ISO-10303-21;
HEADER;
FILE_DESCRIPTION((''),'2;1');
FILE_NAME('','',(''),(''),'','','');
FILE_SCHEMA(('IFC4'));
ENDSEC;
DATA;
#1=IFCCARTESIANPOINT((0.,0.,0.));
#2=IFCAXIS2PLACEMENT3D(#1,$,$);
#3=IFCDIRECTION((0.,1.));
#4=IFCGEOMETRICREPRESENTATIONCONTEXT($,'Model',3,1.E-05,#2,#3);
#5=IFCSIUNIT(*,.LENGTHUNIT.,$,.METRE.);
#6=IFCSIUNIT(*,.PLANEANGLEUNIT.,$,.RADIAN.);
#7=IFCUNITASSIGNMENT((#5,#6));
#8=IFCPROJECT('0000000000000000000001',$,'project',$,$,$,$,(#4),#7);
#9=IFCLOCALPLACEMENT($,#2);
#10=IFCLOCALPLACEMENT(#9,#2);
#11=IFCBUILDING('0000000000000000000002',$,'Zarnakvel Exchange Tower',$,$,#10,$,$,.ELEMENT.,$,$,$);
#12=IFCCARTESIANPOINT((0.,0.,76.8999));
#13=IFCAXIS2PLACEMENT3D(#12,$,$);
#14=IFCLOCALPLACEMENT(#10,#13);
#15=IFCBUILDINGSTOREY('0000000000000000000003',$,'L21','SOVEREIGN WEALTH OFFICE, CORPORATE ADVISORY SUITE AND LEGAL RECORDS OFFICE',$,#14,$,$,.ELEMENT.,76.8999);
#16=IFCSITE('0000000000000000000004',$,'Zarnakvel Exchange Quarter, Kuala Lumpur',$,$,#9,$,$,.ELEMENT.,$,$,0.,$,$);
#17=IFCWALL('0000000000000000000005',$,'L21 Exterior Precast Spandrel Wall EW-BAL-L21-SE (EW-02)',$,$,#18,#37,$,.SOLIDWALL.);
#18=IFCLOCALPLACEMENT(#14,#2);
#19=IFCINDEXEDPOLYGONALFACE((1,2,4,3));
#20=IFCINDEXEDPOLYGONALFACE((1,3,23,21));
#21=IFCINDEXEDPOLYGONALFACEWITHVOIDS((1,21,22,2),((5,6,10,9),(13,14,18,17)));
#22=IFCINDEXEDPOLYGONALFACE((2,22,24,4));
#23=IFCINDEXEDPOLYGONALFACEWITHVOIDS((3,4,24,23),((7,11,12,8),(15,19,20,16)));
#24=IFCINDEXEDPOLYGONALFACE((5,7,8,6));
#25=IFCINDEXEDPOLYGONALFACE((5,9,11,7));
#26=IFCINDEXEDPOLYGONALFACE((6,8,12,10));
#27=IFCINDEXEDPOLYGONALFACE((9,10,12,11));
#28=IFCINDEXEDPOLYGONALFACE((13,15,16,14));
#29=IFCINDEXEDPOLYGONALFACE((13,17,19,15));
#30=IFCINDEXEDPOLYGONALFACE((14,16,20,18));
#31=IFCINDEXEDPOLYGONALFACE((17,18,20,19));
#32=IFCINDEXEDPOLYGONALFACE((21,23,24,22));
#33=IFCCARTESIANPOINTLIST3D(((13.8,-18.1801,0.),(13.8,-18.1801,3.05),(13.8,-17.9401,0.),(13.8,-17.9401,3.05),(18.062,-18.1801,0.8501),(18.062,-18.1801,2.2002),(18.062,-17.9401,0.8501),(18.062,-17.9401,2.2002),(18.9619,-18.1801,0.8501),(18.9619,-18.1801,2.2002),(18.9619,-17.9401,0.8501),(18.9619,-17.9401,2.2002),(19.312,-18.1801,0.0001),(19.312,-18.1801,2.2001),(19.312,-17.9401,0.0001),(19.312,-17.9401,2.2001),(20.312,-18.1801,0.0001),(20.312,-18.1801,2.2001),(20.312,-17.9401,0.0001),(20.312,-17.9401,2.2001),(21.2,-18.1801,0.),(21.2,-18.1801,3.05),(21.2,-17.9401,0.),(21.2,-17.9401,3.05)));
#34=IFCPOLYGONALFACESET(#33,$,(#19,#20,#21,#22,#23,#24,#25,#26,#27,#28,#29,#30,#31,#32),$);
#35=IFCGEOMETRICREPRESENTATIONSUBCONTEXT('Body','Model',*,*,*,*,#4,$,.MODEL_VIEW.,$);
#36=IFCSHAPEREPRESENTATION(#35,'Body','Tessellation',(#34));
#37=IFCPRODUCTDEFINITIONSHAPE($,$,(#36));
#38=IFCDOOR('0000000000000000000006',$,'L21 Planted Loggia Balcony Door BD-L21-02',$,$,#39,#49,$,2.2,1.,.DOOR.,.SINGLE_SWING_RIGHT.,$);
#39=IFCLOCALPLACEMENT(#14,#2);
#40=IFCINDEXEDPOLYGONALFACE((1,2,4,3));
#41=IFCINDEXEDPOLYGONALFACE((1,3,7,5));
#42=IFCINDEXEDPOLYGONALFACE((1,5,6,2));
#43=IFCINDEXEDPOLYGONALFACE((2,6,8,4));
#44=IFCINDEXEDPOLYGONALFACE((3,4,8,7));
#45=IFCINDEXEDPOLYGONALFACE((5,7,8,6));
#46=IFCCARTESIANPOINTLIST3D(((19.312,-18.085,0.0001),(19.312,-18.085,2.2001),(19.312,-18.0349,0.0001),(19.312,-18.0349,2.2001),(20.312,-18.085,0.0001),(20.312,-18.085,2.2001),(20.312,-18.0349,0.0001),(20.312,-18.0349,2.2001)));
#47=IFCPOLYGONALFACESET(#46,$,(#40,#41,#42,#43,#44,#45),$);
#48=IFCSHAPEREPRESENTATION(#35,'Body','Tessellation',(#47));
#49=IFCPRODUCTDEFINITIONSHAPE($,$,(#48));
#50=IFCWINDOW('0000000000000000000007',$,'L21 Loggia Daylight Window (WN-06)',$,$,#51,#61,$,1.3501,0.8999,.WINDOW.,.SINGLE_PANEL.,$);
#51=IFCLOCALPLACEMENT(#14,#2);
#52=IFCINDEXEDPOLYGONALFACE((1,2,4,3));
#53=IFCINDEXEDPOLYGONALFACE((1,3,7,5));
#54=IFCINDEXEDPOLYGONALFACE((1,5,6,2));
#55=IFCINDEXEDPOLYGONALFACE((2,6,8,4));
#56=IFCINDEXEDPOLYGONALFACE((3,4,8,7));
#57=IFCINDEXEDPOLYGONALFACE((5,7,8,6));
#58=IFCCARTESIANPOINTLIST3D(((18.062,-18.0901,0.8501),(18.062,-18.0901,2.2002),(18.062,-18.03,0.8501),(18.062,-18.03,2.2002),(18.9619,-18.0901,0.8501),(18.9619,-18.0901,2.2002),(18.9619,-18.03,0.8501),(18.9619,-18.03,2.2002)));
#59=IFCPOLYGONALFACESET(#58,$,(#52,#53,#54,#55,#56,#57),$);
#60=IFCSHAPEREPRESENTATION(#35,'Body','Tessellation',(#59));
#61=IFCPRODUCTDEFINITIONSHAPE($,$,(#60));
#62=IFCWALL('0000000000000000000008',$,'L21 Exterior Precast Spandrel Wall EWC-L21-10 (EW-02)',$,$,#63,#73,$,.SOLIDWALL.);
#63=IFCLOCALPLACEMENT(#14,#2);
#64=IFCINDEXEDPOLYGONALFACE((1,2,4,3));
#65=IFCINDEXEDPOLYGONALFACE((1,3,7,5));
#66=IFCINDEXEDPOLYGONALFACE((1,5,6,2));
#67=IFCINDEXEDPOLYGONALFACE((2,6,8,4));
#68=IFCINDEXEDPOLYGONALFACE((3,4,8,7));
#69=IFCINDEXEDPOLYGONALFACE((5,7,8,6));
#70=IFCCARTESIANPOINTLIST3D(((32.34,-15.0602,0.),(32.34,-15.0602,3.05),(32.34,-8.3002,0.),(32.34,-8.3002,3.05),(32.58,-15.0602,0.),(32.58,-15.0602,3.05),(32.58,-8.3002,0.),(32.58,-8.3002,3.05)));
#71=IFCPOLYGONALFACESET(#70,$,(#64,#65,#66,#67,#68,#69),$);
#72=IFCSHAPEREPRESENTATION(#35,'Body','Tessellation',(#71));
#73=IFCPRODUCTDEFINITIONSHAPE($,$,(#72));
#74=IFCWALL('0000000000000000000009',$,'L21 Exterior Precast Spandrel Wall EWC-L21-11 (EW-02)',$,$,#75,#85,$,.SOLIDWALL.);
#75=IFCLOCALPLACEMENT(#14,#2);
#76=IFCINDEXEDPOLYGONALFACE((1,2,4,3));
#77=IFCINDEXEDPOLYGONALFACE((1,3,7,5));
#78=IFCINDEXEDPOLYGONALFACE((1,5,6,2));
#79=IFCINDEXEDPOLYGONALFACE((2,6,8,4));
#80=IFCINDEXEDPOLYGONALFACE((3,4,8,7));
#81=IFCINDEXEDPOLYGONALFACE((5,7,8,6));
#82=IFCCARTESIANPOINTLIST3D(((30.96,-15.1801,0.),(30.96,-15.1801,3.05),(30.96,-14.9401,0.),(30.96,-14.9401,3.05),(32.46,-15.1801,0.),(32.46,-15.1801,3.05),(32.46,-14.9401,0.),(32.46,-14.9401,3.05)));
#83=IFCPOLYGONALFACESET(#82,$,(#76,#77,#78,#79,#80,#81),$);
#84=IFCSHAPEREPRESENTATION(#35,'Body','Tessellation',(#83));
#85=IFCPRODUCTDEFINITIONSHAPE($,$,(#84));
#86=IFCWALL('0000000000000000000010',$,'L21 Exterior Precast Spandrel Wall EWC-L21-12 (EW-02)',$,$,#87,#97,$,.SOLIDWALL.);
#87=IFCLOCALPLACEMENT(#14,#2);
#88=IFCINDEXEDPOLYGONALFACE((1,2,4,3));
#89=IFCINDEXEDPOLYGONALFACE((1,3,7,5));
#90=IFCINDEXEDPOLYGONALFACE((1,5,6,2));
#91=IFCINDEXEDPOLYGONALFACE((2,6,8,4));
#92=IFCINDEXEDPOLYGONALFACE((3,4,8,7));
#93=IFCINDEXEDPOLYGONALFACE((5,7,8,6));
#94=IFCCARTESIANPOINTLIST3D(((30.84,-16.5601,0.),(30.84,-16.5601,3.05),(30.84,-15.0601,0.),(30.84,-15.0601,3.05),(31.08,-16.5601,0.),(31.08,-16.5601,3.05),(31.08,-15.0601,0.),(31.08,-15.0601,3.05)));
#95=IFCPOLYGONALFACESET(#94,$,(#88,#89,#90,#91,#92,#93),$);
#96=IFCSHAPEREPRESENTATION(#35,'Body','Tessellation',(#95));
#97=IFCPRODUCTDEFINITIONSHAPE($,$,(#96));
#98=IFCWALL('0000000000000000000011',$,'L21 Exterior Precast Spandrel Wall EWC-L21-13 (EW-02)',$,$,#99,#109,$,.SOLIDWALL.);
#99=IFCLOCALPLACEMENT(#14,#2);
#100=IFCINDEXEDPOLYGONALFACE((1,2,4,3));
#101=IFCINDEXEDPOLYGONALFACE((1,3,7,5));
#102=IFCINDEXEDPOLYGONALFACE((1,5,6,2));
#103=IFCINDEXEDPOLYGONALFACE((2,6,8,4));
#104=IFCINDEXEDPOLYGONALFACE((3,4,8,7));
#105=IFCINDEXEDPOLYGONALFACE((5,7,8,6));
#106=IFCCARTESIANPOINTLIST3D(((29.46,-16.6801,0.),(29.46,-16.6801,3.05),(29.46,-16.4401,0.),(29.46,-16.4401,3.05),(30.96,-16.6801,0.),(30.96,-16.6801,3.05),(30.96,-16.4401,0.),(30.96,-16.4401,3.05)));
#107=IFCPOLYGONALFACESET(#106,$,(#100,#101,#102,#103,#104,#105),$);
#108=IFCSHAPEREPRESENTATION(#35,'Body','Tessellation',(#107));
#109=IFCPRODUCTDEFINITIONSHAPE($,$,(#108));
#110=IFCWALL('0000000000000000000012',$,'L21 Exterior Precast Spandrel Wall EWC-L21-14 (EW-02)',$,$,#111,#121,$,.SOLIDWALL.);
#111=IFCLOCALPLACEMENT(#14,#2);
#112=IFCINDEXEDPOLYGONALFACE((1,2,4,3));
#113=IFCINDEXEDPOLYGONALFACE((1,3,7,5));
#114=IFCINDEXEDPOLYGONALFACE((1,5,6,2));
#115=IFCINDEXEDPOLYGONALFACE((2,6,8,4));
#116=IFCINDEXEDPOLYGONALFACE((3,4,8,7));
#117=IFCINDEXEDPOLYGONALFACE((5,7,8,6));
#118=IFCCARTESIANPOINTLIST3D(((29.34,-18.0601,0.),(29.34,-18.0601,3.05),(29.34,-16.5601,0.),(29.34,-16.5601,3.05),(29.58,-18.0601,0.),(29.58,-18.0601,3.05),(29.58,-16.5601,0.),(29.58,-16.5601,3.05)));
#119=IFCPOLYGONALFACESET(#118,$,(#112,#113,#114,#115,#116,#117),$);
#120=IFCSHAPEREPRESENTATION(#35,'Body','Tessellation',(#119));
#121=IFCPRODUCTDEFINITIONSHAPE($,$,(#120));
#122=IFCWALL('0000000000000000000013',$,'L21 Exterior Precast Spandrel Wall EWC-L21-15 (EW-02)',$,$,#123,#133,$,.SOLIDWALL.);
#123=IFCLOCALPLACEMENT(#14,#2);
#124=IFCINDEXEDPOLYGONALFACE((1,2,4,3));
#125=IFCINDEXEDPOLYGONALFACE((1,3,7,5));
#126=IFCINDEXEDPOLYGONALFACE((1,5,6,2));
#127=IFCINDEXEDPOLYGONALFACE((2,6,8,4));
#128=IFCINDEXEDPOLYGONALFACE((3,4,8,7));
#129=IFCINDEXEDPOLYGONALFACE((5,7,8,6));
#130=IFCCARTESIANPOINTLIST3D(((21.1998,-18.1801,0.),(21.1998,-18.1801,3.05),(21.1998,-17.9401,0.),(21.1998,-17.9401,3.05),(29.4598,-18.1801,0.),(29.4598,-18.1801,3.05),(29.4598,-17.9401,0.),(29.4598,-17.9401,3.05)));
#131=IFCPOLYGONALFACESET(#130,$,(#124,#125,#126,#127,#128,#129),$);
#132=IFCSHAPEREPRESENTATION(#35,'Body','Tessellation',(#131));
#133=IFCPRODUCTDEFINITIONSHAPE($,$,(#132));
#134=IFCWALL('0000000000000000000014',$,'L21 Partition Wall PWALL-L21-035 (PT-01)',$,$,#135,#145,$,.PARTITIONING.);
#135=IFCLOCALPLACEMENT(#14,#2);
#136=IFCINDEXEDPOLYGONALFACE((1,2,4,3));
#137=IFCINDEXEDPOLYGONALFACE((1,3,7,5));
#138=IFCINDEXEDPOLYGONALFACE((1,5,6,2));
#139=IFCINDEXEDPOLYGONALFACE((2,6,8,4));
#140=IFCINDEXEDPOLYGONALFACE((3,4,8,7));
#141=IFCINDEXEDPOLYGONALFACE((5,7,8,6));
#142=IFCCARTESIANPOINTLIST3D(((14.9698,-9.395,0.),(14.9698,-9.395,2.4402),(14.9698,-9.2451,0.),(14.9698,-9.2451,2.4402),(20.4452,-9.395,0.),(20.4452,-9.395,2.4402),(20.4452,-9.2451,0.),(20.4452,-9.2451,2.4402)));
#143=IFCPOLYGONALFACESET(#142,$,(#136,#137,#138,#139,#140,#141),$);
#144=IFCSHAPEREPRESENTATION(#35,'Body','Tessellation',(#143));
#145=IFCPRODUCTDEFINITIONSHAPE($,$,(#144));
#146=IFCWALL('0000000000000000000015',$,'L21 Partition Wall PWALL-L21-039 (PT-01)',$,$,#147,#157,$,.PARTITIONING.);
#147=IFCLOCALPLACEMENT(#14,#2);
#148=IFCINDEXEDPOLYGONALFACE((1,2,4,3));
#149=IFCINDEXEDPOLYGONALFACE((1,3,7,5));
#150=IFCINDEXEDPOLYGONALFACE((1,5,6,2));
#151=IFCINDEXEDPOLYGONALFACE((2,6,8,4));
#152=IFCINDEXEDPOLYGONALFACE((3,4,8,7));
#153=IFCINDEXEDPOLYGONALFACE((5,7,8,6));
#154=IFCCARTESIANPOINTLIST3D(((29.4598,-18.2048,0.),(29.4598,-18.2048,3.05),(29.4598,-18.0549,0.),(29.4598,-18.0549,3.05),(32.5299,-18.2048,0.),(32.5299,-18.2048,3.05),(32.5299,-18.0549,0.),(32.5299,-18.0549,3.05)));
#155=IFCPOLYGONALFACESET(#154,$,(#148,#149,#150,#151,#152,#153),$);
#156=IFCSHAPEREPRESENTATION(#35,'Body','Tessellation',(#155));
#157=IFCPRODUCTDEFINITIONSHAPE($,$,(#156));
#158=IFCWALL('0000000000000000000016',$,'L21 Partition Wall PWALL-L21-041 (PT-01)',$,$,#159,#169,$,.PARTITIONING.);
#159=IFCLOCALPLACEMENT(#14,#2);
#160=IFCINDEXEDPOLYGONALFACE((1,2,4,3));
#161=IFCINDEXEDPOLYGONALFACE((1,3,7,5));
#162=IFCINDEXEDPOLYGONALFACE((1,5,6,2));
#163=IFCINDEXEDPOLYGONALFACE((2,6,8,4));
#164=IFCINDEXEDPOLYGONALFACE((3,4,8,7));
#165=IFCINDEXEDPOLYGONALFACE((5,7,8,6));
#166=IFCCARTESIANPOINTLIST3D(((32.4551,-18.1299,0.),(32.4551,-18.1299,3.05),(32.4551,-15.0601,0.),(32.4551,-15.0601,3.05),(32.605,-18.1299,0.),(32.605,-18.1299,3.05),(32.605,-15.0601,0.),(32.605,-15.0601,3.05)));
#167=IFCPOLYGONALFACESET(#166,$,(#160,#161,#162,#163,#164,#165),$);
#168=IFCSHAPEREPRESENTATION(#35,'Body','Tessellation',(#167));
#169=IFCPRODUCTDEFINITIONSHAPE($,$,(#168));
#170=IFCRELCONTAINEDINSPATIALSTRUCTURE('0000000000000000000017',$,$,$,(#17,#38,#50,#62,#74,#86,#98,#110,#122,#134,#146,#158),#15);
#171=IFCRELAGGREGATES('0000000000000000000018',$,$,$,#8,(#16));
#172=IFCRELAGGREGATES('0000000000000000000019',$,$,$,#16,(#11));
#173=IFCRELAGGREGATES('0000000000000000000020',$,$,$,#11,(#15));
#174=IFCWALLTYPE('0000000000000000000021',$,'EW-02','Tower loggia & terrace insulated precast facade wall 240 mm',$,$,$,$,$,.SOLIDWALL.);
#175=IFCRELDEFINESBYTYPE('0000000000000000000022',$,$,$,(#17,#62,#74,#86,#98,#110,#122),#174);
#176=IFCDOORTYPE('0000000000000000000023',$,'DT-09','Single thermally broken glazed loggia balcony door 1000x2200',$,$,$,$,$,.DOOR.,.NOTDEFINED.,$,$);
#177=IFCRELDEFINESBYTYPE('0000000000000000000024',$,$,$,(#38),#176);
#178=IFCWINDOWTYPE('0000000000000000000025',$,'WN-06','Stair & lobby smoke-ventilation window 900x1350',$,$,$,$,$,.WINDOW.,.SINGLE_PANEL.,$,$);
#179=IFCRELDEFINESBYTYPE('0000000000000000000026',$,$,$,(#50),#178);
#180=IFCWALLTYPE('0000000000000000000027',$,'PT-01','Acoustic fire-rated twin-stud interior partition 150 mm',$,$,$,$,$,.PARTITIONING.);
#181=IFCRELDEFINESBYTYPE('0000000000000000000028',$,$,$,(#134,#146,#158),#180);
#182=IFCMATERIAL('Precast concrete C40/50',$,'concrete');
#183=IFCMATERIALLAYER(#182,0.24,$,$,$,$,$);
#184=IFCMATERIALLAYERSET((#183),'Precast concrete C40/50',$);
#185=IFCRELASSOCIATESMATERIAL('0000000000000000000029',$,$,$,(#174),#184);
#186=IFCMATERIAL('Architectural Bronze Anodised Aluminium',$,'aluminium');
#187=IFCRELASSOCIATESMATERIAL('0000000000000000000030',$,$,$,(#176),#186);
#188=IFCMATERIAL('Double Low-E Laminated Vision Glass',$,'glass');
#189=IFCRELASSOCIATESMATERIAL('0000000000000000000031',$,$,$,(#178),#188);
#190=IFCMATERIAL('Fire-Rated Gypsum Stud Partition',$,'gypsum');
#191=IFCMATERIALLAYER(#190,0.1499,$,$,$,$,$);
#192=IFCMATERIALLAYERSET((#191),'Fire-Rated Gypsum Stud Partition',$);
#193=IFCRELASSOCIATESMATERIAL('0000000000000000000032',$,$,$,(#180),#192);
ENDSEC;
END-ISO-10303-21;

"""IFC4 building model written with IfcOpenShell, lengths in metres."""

from ifc_helpers import new_model, si_unit, direction, frame, frame_2d, origin, place, context, subcontext, project, spatial, rectangle, extrude, source, transform, mapped, material, layer, layer_set, type_object, element, fill, save


model = new_model("IFC4")

# Units and contexts
model_context = context("Model", 3, precision=1e-05, world=origin(), true_north=direction((0.0, 1.0)))
body_context = subcontext(model_context, "Body", "Model", "MODEL_VIEW")
ifc_project = project(units=[si_unit("LENGTHUNIT", "METRE"), si_unit("PLANEANGLEUNIT", "RADIAN")], contexts=[model_context])

# Site, building, storey
site_placement = place(None, origin())
site = spatial("IfcSite", under=ifc_project, at=site_placement, Name="Zarnakvel Exchange Quarter, Kuala Lumpur", CompositionType="ELEMENT", RefElevation=0.0)
building_placement = place(site_placement, origin())
building = spatial("IfcBuilding", under=site, at=building_placement, Name="Zarnakvel Exchange Tower", CompositionType="ELEMENT")
storey_placement = place(building_placement, frame((0.0, 0.0, 76.8999)))
storey = spatial("IfcBuildingStorey", under=building, at=storey_placement, Name="L21", Description="SOVEREIGN WEALTH OFFICE, CORPORATE ADVISORY SUITE AND LEGAL RECORDS OFFICE", CompositionType="ELEMENT", Elevation=76.8999)

# Wall, openings, door, window
ifc_material_1 = material(Name="Precast concrete C40/50", Category="concrete")
ifc_layer_1 = layer(ifc_material_1, 0.24)
ifc_layer_set_1 = layer_set([ifc_layer_1], Name="Precast concrete C40/50")
wall_type_1 = type_object("IfcWallType", Name="EW-02", Description="Tower loggia & terrace insulated precast facade wall 240 mm", PredefinedType="SOLIDWALL", material=ifc_layer_set_1)
wall_1_placement = place(storey_placement, frame((21.2, -18.0601, 0.0), z_axis=(0.0, 0.0, 1.0), x_axis=(-1.0, 0.0, 0.0)))
wall_1 = element("IfcWall", 1, at=wall_1_placement, inside=storey, type_object=wall_type_1, Name="L21 Exterior Precast Spandrel Wall EW-BAL-L21-SE (EW-02)", PredefinedType="SOLIDWALL", context=body_context, shape_type="SweptSolid", body=[
    extrude(rectangle(XDim=7.3999, YDim=0.24, at=frame_2d((3.7, 0.0))), origin(), (0.0, 0.0, 1.0), 3.05),
])
opening_1_placement = place(wall_1_placement, frame((0.8879, 0.0, 0.0)))
opening_1 = element("IfcOpeningElement", 2, at=opening_1_placement, cuts=wall_1, PredefinedType="OPENING", context=body_context, shape_type="SweptSolid", body=[
    extrude(rectangle(XDim=1.0, YDim=2.2, at=frame_2d((0.5, 1.1001))), frame((0.0, 0.1299, 0.0), z_axis=(0.0, -1.0, 0.0), x_axis=(1.0, 0.0, 0.0)), (0.0, 0.0, 1.0), 0.26),
])
opening_2_placement = place(wall_1_placement, frame((2.238, 0.0, 0.8501)))
opening_2 = element("IfcOpeningElement", 3, at=opening_2_placement, cuts=wall_1, PredefinedType="OPENING", context=body_context, shape_type="SweptSolid", body=[
    extrude(rectangle(XDim=0.8999, YDim=1.3501, at=frame_2d((0.45, 0.675))), frame((0.0, 0.1299, 0.0), z_axis=(0.0, -1.0, 0.0), x_axis=(1.0, 0.0, 0.0)), (0.0, 0.0, 1.0), 0.26),
])
ifc_material_2 = material(Name="Architectural Bronze Anodised Aluminium", Category="aluminium")
door_type = type_object("IfcDoorType", Name="DT-09", Description="Single thermally broken glazed loggia balcony door 1000x2200", OperationType="NOTDEFINED", PredefinedType="DOOR", material=ifc_material_2)
shared_shape_1 = source(origin(), body_context, "Body", "SweptSolid", [
    extrude(rectangle(XDim=1.0, YDim=2.2, at=frame_2d((0.5, 1.1001))), frame((0.0, 0.0249, 0.0), z_axis=(0.0, -1.0, 0.0), x_axis=(1.0, 0.0, 0.0)), (0.0, 0.0, 1.0), 0.05),
])
door_placement = place(opening_1_placement, origin())
door = element("IfcDoor", 4, at=door_placement, inside=storey, type_object=door_type, Name="L21 Planted Loggia Balcony Door BD-L21-02", OperationType="SINGLE_SWING_RIGHT", OverallHeight=2.2, OverallWidth=1.0, PredefinedType="DOOR", context=body_context, shape_type="MappedRepresentation", body=[
    mapped(shared_shape_1, transform((0.0, 0.0, 0.0), x_axis=(1.0, 0.0, 0.0), y_axis=(0.0, 1.0, 0.0), z_axis=(0.0, 0.0, 1.0), scale=1.0)),
])
fill(opening_1, door)
ifc_material_3 = material(Name="Double Low-E Laminated Vision Glass", Category="glass")
window_type = type_object("IfcWindowType", Name="WN-06", Description="Stair & lobby smoke-ventilation window 900x1350", PartitioningType="SINGLE_PANEL", PredefinedType="WINDOW", material=ifc_material_3)
shared_shape_2 = source(origin(), body_context, "Body", "SweptSolid", [
    extrude(rectangle(XDim=0.8999, YDim=1.3501, at=frame_2d((0.45, 0.675))), frame((0.0, 0.03, 0.0), z_axis=(0.0, -1.0, 0.0), x_axis=(1.0, 0.0, 0.0)), (0.0, 0.0, 1.0), 0.0601),
])
window_placement = place(opening_2_placement, origin())
window = element("IfcWindow", 5, at=window_placement, inside=storey, type_object=window_type, Name="L21 Loggia Daylight Window (WN-06)", OverallHeight=1.3501, OverallWidth=0.8999, PartitioningType="SINGLE_PANEL", PredefinedType="WINDOW", context=body_context, shape_type="MappedRepresentation", body=[
    mapped(shared_shape_2, transform((0.0, 0.0, 0.0), x_axis=(1.0, 0.0, 0.0), y_axis=(0.0, 1.0, 0.0), z_axis=(0.0, 0.0, 1.0), scale=1.0)),
])
fill(opening_2, window)

# Walls
wall_2_placement = place(storey_placement, frame((32.46, -15.0601, 0.0), z_axis=(0.0, 0.0, 1.0), x_axis=(0.0, 1.0, 0.0)))
element("IfcWall", 6, at=wall_2_placement, inside=storey, type_object=wall_type_1, Name="L21 Exterior Precast Spandrel Wall EWC-L21-10 (EW-02)", PredefinedType="SOLIDWALL", context=body_context, shape_type="SweptSolid", body=[
    extrude(rectangle(XDim=6.76, YDim=0.24, at=frame_2d((3.3799, 0.0))), origin(), (0.0, 0.0, 1.0), 3.05),
])
for number, where, z_axis, x_axis, name in (
    (7, (30.96, -15.0601, 0.0), (0.0, 0.0, 1.0), (1.0, 0.0, 0.0), "L21 Exterior Precast Spandrel Wall EWC-L21-11 (EW-02)"),
    (8, (30.96, -16.5601, 0.0), (0.0, 0.0, 1.0), (0.0, 1.0, 0.0), "L21 Exterior Precast Spandrel Wall EWC-L21-12 (EW-02)"),
    (9, (29.46, -16.5601, 0.0), (0.0, 0.0, 1.0), (1.0, 0.0, 0.0), "L21 Exterior Precast Spandrel Wall EWC-L21-13 (EW-02)"),
    (10, (29.46, -18.0601, 0.0), (0.0, 0.0, 1.0), (0.0, 1.0, 0.0), "L21 Exterior Precast Spandrel Wall EWC-L21-14 (EW-02)"),
):
    element("IfcWall", number, at=place(storey_placement, frame(where, z_axis=z_axis, x_axis=x_axis)), inside=storey, type_object=wall_type_1, Name=name, PredefinedType="SOLIDWALL", context=body_context, shape_type="SweptSolid", body=[
        extrude(rectangle(XDim=1.5, YDim=0.24, at=frame_2d((0.75, 0.0))), origin(), (0.0, 0.0, 1.0), 3.05),
    ])
wall_3_placement = place(storey_placement, frame((21.2, -18.0601, 0.0), z_axis=(0.0, 0.0, 1.0), x_axis=(1.0, 0.0, 0.0)))
element("IfcWall", 11, at=wall_3_placement, inside=storey, type_object=wall_type_1, Name="L21 Exterior Precast Spandrel Wall EWC-L21-15 (EW-02)", PredefinedType="SOLIDWALL", context=body_context, shape_type="SweptSolid", body=[
    extrude(rectangle(XDim=8.26, YDim=0.24, at=frame_2d((4.1299, 0.0))), origin(), (0.0, 0.0, 1.0), 3.05),
])
ifc_material_4 = material(Name="Fire-Rated Gypsum Stud Partition", Category="gypsum")
ifc_layer_2 = layer(ifc_material_4, 0.1499)
ifc_layer_set_2 = layer_set([ifc_layer_2], Name="Fire-Rated Gypsum Stud Partition")
wall_type_2 = type_object("IfcWallType", Name="PT-01", Description="Acoustic fire-rated twin-stud interior partition 150 mm", PredefinedType="PARTITIONING", material=ifc_layer_set_2)
wall_4_placement = place(storey_placement, frame((20.4453, -9.3201, 0.0), z_axis=(0.0, 0.0, 1.0), x_axis=(-1.0, 0.0, 0.0)))
element("IfcWall", 12, at=wall_4_placement, inside=storey, type_object=wall_type_2, Name="L21 Partition Wall PWALL-L21-035 (PT-01)", PredefinedType="PARTITIONING", context=body_context, shape_type="SweptSolid", body=[
    extrude(rectangle(XDim=5.4753, YDim=0.1499, at=frame_2d((2.7378, 0.0))), origin(), (0.0, 0.0, 1.0), 2.4402),
])
wall_5_placement = place(storey_placement, frame((32.53, -18.1299, 0.0), z_axis=(0.0, 0.0, 1.0), x_axis=(-1.0, 0.0, 0.0)))
element("IfcWall", 13, at=wall_5_placement, inside=storey, type_object=wall_type_2, Name="L21 Partition Wall PWALL-L21-039 (PT-01)", PredefinedType="PARTITIONING", context=body_context, shape_type="SweptSolid", body=[
    extrude(rectangle(XDim=3.0701, YDim=0.1499, at=frame_2d((1.5352, 0.0))), origin(), (0.0, 0.0, 1.0), 3.05),
])
wall_6_placement = place(storey_placement, frame((32.53, -15.0601, 0.0), z_axis=(0.0, 0.0, 1.0), x_axis=(0.0, -1.0, 0.0)))
element("IfcWall", 14, at=wall_6_placement, inside=storey, type_object=wall_type_2, Name="L21 Partition Wall PWALL-L21-041 (PT-01)", PredefinedType="PARTITIONING", context=body_context, shape_type="SweptSolid", body=[
    extrude(rectangle(XDim=3.0698, YDim=0.1499, at=frame_2d((1.5349, 0.0))), origin(), (0.0, 0.0, 1.0), 3.05),
])

save(model, "model.ifc")
